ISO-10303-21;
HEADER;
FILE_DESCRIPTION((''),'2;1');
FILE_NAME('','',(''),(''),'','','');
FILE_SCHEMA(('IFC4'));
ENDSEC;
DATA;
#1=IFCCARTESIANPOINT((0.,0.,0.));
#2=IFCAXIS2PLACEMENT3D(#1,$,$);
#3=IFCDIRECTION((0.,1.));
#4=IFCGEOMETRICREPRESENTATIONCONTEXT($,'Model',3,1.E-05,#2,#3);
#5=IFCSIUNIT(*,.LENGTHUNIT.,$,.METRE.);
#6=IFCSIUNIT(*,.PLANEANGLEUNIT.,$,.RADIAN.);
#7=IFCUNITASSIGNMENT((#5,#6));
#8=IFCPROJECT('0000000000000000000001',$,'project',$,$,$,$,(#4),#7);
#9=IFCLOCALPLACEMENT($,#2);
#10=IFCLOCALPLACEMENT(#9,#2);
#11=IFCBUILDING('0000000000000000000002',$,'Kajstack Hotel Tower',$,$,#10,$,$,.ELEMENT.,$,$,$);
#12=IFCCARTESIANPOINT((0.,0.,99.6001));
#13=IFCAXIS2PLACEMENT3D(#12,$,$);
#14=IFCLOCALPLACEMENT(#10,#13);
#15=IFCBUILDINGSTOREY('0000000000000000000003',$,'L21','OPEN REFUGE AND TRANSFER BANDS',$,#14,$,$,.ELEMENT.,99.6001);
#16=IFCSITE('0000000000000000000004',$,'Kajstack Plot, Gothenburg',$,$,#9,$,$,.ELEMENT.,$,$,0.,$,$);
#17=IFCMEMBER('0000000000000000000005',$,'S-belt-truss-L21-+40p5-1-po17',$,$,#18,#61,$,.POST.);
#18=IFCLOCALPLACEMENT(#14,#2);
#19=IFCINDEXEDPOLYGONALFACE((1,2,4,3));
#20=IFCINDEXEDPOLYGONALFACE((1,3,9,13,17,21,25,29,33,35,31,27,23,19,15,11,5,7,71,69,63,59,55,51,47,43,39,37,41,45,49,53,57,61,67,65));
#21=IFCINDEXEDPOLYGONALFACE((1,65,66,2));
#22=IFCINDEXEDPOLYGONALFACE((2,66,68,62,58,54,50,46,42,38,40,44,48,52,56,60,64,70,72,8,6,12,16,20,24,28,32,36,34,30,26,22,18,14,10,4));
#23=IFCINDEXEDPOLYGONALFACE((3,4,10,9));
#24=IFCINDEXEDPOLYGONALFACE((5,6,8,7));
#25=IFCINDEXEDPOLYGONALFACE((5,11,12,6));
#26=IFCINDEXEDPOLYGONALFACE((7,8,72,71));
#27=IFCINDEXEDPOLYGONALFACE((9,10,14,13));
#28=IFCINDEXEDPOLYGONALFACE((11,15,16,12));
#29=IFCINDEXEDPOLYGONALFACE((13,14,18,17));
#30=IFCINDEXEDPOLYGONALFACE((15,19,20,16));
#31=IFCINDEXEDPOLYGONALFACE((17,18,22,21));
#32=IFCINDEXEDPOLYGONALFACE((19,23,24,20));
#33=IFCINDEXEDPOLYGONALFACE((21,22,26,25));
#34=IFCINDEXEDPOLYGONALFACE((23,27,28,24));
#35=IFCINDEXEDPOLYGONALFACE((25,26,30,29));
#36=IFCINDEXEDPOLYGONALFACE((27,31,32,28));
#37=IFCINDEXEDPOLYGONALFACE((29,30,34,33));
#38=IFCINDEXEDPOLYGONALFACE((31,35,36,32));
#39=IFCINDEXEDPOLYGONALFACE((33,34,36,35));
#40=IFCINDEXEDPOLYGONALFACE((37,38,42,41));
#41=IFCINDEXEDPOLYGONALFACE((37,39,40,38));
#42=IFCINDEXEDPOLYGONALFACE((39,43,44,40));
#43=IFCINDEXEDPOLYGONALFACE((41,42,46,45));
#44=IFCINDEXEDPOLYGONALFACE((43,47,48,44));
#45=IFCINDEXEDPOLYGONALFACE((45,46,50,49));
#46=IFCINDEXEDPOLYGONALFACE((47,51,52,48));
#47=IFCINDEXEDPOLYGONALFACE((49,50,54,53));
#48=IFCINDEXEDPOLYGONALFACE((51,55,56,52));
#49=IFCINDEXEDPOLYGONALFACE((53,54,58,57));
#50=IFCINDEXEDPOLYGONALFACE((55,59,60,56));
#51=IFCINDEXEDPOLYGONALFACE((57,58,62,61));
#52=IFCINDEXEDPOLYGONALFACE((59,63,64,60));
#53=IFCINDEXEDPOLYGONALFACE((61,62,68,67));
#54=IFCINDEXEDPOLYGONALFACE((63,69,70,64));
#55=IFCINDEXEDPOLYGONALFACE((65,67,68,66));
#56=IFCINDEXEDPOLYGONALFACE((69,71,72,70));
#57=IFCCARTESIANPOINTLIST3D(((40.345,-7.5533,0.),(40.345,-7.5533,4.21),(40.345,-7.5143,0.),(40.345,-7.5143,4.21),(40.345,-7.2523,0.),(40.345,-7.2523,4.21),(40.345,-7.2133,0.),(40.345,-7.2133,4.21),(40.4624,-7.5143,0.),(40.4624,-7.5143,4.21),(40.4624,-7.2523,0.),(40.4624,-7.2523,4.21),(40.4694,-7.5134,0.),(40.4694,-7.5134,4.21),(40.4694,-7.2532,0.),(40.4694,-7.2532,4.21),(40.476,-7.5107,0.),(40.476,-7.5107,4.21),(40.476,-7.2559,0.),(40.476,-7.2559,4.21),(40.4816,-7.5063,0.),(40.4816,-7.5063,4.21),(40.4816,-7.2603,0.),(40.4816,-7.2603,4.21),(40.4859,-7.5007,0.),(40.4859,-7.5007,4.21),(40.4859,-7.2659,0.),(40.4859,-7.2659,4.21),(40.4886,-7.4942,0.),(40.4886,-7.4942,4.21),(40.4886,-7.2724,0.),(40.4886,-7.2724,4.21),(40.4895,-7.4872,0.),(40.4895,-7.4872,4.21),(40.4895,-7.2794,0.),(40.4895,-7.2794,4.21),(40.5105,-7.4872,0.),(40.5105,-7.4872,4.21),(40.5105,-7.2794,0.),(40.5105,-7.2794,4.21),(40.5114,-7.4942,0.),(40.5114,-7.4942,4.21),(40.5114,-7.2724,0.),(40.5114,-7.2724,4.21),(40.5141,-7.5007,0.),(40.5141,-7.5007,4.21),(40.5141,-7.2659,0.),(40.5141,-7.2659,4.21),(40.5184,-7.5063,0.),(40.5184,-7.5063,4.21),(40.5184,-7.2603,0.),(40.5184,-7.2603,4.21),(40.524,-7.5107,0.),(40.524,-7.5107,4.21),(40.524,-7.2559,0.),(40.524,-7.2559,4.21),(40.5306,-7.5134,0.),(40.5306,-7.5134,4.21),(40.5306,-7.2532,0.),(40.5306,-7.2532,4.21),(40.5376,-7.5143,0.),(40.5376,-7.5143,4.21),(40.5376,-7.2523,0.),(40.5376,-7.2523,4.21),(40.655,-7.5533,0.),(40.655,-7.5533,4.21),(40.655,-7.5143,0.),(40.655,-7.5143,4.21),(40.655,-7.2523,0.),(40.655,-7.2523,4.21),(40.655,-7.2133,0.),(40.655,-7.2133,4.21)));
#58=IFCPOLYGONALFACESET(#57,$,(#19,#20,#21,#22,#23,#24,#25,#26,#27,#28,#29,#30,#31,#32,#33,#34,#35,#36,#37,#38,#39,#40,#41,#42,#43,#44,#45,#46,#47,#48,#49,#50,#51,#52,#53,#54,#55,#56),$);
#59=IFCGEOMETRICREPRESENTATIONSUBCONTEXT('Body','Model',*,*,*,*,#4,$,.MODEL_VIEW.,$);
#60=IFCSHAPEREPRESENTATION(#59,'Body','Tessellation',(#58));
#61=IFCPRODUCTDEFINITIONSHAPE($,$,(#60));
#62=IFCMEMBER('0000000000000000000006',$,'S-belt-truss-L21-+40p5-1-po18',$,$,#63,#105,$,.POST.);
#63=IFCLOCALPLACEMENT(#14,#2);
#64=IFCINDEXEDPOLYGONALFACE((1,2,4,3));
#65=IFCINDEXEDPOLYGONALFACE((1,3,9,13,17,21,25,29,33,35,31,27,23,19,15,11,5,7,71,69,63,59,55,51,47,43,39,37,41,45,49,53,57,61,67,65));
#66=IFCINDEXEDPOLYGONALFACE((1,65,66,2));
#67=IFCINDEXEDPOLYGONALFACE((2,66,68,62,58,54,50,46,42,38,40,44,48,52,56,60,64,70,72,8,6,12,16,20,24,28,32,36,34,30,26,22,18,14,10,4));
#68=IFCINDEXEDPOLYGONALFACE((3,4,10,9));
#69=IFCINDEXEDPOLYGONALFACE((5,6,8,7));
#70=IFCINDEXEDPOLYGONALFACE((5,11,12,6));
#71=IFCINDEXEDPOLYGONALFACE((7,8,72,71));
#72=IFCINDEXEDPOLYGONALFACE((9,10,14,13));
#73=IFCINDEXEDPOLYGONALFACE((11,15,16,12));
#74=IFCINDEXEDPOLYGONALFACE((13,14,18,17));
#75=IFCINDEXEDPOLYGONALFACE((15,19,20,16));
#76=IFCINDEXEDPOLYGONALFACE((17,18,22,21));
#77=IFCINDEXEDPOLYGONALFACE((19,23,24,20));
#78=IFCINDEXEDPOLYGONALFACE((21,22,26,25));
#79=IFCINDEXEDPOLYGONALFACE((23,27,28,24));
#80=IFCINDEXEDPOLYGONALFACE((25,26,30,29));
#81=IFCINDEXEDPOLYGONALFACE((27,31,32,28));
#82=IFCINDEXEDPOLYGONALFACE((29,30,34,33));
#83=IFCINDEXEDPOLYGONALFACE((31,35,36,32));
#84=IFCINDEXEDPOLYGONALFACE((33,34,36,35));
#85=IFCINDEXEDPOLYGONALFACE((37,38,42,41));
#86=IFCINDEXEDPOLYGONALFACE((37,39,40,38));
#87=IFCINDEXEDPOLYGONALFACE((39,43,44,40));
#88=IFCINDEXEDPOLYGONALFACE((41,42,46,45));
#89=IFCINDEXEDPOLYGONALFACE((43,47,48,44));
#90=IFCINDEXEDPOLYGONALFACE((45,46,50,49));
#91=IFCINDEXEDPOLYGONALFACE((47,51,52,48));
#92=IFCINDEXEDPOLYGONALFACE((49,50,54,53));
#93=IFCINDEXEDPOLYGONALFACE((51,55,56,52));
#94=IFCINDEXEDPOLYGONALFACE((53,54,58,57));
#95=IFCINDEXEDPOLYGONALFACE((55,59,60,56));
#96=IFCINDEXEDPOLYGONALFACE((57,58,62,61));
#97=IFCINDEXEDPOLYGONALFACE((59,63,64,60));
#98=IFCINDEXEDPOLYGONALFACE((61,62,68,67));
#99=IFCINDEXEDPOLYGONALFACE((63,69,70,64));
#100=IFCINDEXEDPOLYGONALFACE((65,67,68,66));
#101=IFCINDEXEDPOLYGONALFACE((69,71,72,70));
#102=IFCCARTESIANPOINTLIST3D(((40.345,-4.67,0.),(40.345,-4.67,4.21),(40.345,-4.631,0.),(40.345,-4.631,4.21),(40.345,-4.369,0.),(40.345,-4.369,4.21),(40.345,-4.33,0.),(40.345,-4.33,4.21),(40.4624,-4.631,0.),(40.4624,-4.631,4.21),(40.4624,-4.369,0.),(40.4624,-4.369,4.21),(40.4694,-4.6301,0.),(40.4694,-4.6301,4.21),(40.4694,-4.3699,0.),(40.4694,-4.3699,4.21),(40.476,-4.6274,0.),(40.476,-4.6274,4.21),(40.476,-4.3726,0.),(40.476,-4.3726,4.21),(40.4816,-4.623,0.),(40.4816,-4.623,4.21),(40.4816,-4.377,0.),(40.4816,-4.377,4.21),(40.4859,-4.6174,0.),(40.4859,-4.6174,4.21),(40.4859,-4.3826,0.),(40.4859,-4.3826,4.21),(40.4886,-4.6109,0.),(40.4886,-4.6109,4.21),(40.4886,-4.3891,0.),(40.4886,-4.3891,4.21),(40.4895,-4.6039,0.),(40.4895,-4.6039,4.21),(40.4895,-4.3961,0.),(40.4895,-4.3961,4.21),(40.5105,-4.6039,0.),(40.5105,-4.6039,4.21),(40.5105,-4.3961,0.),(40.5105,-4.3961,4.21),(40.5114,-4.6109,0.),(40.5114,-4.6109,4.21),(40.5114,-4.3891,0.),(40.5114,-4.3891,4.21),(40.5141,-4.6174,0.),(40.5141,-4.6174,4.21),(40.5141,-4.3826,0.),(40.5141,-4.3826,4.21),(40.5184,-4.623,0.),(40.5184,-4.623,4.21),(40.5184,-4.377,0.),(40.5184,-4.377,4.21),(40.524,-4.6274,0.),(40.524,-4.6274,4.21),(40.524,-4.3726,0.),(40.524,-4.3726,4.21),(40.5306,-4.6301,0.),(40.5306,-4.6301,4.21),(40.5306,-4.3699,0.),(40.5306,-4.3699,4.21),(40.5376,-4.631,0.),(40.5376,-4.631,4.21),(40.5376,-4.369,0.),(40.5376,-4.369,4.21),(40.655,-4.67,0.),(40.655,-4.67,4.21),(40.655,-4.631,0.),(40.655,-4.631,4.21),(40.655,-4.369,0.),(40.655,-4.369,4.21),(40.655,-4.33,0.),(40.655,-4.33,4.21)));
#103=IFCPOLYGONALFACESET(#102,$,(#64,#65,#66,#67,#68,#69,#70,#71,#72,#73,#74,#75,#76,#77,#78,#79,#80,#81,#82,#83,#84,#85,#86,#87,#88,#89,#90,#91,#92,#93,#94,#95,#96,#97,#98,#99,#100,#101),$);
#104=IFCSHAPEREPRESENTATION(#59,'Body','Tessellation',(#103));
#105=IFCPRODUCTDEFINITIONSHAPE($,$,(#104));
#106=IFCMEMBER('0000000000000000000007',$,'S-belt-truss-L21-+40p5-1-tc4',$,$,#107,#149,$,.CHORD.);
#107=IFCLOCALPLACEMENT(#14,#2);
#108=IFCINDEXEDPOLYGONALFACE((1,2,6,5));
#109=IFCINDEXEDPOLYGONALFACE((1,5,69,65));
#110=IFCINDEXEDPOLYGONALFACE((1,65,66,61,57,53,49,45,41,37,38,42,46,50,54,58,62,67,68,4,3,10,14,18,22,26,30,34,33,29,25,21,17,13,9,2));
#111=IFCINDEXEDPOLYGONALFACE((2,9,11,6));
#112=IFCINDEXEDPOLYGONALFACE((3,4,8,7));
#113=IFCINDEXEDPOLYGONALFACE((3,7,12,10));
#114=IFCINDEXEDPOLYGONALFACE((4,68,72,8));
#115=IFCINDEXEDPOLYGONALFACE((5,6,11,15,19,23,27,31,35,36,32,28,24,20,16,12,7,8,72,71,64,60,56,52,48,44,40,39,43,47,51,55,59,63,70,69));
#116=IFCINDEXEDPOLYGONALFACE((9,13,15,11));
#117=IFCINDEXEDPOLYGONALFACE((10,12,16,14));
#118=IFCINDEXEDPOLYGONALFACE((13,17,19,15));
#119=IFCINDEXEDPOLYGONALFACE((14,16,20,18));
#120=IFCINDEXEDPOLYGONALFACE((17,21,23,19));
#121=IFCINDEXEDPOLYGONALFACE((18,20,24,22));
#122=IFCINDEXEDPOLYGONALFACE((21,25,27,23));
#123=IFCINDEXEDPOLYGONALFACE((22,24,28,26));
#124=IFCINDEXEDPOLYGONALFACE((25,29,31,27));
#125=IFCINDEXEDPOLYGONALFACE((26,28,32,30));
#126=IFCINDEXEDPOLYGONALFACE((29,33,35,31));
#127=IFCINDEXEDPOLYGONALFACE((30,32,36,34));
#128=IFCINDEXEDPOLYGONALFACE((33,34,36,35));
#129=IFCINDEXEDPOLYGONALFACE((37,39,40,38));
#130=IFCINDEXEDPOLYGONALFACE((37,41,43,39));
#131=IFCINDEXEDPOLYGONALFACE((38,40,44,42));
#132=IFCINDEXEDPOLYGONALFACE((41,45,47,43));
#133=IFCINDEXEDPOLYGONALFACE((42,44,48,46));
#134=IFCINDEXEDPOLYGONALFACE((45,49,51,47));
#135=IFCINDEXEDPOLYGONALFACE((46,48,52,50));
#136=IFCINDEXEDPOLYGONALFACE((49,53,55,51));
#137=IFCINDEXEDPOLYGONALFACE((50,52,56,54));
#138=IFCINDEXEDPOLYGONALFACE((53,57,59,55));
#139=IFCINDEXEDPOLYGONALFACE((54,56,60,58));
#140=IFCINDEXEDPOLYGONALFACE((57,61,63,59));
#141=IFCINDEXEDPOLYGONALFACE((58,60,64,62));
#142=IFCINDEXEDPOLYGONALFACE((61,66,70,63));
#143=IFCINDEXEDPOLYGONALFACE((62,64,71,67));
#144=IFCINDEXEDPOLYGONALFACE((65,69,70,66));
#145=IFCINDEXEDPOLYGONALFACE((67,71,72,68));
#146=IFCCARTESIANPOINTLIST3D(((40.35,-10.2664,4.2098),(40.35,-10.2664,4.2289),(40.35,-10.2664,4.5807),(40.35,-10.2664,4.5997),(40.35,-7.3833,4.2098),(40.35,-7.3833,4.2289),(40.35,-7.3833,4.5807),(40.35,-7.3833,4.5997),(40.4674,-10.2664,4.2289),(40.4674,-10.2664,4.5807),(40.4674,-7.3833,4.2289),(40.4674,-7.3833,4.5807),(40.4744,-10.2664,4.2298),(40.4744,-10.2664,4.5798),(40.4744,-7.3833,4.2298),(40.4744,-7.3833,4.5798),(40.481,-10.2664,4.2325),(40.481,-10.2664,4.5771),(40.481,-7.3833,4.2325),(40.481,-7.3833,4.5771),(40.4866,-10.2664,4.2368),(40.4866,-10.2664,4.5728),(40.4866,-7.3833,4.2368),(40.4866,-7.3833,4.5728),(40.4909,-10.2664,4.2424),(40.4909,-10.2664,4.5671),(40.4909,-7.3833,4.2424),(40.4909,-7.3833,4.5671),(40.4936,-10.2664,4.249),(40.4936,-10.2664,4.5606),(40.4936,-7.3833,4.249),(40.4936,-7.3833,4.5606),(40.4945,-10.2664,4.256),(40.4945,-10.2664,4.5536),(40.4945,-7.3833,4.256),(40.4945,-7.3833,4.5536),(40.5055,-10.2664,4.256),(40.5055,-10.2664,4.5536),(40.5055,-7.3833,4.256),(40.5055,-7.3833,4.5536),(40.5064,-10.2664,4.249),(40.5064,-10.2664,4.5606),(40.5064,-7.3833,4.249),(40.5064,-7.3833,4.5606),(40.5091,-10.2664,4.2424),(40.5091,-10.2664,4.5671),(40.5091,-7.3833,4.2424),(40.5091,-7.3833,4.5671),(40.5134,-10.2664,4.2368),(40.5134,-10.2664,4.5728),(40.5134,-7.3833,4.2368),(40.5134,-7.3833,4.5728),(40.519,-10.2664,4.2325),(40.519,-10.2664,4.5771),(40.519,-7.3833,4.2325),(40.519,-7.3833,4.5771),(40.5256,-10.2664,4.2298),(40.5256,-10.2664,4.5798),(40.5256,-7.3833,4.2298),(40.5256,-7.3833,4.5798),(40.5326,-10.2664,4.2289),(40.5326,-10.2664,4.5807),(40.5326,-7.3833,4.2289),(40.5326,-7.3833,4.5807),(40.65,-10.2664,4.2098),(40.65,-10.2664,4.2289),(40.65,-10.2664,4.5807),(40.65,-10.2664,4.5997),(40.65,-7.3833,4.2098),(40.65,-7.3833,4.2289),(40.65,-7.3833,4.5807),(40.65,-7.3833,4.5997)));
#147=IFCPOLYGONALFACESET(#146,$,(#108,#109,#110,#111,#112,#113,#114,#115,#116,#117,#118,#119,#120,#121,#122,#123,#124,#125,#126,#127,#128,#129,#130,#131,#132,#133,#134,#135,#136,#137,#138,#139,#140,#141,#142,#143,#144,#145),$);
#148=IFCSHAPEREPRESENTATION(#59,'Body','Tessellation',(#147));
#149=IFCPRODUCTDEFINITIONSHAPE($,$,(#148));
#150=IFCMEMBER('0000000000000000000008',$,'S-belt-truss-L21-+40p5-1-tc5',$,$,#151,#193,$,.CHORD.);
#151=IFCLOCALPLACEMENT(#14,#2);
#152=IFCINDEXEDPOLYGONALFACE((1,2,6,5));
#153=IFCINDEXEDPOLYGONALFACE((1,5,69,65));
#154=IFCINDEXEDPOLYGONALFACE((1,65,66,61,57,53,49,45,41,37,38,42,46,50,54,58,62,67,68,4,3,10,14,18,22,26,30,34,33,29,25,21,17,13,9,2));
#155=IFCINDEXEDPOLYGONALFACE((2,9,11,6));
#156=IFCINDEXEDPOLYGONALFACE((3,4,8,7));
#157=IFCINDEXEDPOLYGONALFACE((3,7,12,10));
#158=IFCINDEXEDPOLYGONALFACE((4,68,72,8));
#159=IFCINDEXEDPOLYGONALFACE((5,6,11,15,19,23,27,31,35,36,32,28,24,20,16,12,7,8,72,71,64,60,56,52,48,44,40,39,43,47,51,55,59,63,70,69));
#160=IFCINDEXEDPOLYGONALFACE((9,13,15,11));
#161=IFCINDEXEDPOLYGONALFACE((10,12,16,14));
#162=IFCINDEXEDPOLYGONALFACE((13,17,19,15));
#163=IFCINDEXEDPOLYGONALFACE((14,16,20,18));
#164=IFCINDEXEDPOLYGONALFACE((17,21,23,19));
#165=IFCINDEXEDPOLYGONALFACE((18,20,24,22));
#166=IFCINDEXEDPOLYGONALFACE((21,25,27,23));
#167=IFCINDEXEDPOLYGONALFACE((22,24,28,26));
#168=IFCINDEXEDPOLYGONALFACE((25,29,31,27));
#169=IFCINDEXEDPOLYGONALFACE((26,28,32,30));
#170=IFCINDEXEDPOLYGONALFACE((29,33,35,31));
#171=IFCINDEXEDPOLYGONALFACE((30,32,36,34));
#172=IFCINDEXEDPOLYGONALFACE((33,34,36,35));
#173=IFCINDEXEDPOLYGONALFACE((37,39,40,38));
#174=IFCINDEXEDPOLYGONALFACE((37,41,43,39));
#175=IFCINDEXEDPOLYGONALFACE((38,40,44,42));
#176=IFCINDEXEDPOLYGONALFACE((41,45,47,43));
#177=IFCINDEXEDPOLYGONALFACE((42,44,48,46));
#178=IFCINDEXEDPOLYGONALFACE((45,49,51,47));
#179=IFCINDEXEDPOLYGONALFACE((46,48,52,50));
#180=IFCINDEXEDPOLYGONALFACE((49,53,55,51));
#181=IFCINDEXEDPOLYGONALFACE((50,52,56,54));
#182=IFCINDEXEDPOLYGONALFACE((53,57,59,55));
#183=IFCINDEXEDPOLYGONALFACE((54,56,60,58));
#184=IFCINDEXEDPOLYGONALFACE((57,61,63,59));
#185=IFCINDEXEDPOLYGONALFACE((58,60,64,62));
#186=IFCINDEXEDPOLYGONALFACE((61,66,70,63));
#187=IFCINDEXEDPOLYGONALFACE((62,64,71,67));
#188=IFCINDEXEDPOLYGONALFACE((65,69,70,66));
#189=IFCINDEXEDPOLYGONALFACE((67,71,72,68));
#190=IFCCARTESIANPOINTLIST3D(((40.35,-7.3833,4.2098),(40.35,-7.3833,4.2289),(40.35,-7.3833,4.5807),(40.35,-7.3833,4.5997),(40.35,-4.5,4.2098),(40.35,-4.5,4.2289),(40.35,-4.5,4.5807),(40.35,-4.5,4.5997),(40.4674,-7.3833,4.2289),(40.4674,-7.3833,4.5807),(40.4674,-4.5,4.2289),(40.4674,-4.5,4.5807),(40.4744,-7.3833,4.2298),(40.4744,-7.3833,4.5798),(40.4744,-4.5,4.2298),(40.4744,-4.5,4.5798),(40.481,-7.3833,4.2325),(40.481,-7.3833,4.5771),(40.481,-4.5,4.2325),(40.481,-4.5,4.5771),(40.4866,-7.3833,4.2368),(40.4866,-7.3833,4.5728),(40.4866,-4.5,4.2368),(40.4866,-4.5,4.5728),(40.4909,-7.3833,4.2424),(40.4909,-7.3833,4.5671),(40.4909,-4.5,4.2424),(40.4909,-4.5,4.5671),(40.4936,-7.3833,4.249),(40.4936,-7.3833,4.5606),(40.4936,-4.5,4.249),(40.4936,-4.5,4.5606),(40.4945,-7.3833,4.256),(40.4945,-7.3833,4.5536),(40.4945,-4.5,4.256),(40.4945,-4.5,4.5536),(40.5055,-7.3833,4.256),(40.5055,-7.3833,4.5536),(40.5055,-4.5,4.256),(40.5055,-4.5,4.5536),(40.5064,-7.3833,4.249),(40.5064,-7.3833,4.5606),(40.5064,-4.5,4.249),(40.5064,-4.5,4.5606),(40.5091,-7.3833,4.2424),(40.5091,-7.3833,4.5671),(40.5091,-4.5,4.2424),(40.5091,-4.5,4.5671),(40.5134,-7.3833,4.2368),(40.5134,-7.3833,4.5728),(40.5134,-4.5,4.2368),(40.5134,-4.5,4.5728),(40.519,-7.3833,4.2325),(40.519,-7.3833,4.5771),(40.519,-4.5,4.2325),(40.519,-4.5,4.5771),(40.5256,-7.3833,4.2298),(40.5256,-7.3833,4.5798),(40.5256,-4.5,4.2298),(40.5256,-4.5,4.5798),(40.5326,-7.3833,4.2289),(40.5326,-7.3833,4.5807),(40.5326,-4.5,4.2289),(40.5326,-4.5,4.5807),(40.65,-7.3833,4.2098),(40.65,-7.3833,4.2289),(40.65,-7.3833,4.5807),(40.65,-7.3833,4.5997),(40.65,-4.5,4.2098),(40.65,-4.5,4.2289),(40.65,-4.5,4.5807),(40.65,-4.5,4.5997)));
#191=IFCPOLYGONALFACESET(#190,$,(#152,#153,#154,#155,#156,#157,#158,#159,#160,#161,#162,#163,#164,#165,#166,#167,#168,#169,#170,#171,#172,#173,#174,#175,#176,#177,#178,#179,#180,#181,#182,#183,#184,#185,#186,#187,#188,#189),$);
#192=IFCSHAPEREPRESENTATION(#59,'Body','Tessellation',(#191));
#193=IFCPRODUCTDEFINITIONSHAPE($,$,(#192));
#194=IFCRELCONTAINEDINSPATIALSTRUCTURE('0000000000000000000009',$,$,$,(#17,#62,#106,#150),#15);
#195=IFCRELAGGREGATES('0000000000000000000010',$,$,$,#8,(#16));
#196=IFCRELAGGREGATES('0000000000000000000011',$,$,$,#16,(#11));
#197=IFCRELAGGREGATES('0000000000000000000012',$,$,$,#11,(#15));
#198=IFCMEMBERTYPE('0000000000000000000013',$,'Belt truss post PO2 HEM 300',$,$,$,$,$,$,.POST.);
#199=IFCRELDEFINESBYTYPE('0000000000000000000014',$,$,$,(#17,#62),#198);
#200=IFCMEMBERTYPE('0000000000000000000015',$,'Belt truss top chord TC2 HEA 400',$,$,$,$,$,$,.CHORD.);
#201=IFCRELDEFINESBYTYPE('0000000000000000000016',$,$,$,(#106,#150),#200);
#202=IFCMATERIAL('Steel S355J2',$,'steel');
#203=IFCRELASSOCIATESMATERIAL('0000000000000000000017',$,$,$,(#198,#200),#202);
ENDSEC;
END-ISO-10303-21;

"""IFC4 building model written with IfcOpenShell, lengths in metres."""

from ifc_helpers import new_model, si_unit, direction, frame, origin, origin_2d, place, context, subcontext, project, spatial, i_section, extrude, material, material_profile, profile_set, type_object, element, save


model = new_model("IFC4")

# Units and contexts
model_context = context("Model", 3, precision=1e-05, world=origin(), true_north=direction((0.0, 1.0)))
body_context = subcontext(model_context, "Body", "Model", "MODEL_VIEW")
ifc_project = project(units=[si_unit("LENGTHUNIT", "METRE"), si_unit("PLANEANGLEUNIT", "RADIAN")], contexts=[model_context])

# Site, building, storey
site_placement = place(None, origin())
site = spatial("IfcSite", under=ifc_project, at=site_placement, Name="Kajstack Plot, Gothenburg", CompositionType="ELEMENT", RefElevation=0.0)
building_placement = place(site_placement, origin())
building = spatial("IfcBuilding", under=site, at=building_placement, Name="Kajstack Hotel Tower", CompositionType="ELEMENT")
storey_placement = place(building_placement, frame((0.0, 0.0, 99.6001)))
storey = spatial("IfcBuildingStorey", under=building, at=storey_placement, Name="L21", Description="OPEN REFUGE AND TRANSFER BANDS", CompositionType="ELEMENT", Elevation=99.6001)

# Members
ifc_material = material(Name="Steel S355J2", Category="steel")
ifc_material_profile_1 = material_profile(ifc_material, i_section(OverallWidth=0.3101, OverallDepth=0.3401, WebThickness=0.021, FlangeThickness=0.0391, FilletRadius=0.0271, at=origin_2d()), Name="HEM 300")
ifc_profile_set_1 = profile_set([ifc_material_profile_1], Name="Steel S355J2")
member_type_1 = type_object("IfcMemberType", Name="Belt truss post PO2 HEM 300", PredefinedType="POST", material=ifc_profile_set_1)
for number, where, z_axis, x_axis, name in (
    (1, (40.5, -7.3833, 0.0), (0.0, 0.0, 1.0), (1.0, 0.0, 0.0), "S-belt-truss-L21-+40p5-1-po17"),
    (2, (40.5, -4.5, 0.0), (0.0, 0.0, 1.0), (1.0, 0.0, 0.0), "S-belt-truss-L21-+40p5-1-po18"),
):
    element("IfcMember", number, at=place(storey_placement, frame(where, z_axis=z_axis, x_axis=x_axis)), inside=storey, type_object=member_type_1, Name=name, PredefinedType="POST", context=body_context, shape_type="SweptSolid", body=[
        extrude(i_section(OverallWidth=0.3101, OverallDepth=0.3401, WebThickness=0.021, FlangeThickness=0.0391, FilletRadius=0.0271, at=origin_2d()), origin(), (0.0, 0.0, 1.0), 4.21),
    ])
ifc_material_profile_2 = material_profile(ifc_material, i_section(OverallWidth=0.3, OverallDepth=0.3899, WebThickness=0.011, FlangeThickness=0.019, FilletRadius=0.0271, at=origin_2d()), Name="HEA 400")
ifc_profile_set_2 = profile_set([ifc_material_profile_2], Name="Steel S355J2")
member_type_2 = type_object("IfcMemberType", Name="Belt truss top chord TC2 HEA 400", PredefinedType="CHORD", material=ifc_profile_set_2)
member_1_placement = place(storey_placement, frame((40.5, -10.2664, 4.4048), z_axis=(0.0, 1.0, 0.0), x_axis=(-1.0, 0.0, 0.0)))
element("IfcMember", 3, at=member_1_placement, inside=storey, type_object=member_type_2, Name="S-belt-truss-L21-+40p5-1-tc4", PredefinedType="CHORD", context=body_context, shape_type="SweptSolid", body=[
    extrude(i_section(OverallWidth=0.3, OverallDepth=0.3899, WebThickness=0.011, FlangeThickness=0.019, FilletRadius=0.0271, at=origin_2d()), origin(), (0.0, 0.0, 1.0), 2.8831),
])
member_2_placement = place(storey_placement, frame((40.5, -7.3833, 4.4048), z_axis=(0.0, 1.0, 0.0), x_axis=(-1.0, 0.0, 0.0)))
element("IfcMember", 4, at=member_2_placement, inside=storey, type_object=member_type_2, Name="S-belt-truss-L21-+40p5-1-tc5", PredefinedType="CHORD", context=body_context, shape_type="SweptSolid", body=[
    extrude(i_section(OverallWidth=0.3, OverallDepth=0.3899, WebThickness=0.011, FlangeThickness=0.019, FilletRadius=0.0271, at=origin_2d()), origin(), (0.0, 0.0, 1.0), 2.8833),
])

save(model, "model.ifc")
